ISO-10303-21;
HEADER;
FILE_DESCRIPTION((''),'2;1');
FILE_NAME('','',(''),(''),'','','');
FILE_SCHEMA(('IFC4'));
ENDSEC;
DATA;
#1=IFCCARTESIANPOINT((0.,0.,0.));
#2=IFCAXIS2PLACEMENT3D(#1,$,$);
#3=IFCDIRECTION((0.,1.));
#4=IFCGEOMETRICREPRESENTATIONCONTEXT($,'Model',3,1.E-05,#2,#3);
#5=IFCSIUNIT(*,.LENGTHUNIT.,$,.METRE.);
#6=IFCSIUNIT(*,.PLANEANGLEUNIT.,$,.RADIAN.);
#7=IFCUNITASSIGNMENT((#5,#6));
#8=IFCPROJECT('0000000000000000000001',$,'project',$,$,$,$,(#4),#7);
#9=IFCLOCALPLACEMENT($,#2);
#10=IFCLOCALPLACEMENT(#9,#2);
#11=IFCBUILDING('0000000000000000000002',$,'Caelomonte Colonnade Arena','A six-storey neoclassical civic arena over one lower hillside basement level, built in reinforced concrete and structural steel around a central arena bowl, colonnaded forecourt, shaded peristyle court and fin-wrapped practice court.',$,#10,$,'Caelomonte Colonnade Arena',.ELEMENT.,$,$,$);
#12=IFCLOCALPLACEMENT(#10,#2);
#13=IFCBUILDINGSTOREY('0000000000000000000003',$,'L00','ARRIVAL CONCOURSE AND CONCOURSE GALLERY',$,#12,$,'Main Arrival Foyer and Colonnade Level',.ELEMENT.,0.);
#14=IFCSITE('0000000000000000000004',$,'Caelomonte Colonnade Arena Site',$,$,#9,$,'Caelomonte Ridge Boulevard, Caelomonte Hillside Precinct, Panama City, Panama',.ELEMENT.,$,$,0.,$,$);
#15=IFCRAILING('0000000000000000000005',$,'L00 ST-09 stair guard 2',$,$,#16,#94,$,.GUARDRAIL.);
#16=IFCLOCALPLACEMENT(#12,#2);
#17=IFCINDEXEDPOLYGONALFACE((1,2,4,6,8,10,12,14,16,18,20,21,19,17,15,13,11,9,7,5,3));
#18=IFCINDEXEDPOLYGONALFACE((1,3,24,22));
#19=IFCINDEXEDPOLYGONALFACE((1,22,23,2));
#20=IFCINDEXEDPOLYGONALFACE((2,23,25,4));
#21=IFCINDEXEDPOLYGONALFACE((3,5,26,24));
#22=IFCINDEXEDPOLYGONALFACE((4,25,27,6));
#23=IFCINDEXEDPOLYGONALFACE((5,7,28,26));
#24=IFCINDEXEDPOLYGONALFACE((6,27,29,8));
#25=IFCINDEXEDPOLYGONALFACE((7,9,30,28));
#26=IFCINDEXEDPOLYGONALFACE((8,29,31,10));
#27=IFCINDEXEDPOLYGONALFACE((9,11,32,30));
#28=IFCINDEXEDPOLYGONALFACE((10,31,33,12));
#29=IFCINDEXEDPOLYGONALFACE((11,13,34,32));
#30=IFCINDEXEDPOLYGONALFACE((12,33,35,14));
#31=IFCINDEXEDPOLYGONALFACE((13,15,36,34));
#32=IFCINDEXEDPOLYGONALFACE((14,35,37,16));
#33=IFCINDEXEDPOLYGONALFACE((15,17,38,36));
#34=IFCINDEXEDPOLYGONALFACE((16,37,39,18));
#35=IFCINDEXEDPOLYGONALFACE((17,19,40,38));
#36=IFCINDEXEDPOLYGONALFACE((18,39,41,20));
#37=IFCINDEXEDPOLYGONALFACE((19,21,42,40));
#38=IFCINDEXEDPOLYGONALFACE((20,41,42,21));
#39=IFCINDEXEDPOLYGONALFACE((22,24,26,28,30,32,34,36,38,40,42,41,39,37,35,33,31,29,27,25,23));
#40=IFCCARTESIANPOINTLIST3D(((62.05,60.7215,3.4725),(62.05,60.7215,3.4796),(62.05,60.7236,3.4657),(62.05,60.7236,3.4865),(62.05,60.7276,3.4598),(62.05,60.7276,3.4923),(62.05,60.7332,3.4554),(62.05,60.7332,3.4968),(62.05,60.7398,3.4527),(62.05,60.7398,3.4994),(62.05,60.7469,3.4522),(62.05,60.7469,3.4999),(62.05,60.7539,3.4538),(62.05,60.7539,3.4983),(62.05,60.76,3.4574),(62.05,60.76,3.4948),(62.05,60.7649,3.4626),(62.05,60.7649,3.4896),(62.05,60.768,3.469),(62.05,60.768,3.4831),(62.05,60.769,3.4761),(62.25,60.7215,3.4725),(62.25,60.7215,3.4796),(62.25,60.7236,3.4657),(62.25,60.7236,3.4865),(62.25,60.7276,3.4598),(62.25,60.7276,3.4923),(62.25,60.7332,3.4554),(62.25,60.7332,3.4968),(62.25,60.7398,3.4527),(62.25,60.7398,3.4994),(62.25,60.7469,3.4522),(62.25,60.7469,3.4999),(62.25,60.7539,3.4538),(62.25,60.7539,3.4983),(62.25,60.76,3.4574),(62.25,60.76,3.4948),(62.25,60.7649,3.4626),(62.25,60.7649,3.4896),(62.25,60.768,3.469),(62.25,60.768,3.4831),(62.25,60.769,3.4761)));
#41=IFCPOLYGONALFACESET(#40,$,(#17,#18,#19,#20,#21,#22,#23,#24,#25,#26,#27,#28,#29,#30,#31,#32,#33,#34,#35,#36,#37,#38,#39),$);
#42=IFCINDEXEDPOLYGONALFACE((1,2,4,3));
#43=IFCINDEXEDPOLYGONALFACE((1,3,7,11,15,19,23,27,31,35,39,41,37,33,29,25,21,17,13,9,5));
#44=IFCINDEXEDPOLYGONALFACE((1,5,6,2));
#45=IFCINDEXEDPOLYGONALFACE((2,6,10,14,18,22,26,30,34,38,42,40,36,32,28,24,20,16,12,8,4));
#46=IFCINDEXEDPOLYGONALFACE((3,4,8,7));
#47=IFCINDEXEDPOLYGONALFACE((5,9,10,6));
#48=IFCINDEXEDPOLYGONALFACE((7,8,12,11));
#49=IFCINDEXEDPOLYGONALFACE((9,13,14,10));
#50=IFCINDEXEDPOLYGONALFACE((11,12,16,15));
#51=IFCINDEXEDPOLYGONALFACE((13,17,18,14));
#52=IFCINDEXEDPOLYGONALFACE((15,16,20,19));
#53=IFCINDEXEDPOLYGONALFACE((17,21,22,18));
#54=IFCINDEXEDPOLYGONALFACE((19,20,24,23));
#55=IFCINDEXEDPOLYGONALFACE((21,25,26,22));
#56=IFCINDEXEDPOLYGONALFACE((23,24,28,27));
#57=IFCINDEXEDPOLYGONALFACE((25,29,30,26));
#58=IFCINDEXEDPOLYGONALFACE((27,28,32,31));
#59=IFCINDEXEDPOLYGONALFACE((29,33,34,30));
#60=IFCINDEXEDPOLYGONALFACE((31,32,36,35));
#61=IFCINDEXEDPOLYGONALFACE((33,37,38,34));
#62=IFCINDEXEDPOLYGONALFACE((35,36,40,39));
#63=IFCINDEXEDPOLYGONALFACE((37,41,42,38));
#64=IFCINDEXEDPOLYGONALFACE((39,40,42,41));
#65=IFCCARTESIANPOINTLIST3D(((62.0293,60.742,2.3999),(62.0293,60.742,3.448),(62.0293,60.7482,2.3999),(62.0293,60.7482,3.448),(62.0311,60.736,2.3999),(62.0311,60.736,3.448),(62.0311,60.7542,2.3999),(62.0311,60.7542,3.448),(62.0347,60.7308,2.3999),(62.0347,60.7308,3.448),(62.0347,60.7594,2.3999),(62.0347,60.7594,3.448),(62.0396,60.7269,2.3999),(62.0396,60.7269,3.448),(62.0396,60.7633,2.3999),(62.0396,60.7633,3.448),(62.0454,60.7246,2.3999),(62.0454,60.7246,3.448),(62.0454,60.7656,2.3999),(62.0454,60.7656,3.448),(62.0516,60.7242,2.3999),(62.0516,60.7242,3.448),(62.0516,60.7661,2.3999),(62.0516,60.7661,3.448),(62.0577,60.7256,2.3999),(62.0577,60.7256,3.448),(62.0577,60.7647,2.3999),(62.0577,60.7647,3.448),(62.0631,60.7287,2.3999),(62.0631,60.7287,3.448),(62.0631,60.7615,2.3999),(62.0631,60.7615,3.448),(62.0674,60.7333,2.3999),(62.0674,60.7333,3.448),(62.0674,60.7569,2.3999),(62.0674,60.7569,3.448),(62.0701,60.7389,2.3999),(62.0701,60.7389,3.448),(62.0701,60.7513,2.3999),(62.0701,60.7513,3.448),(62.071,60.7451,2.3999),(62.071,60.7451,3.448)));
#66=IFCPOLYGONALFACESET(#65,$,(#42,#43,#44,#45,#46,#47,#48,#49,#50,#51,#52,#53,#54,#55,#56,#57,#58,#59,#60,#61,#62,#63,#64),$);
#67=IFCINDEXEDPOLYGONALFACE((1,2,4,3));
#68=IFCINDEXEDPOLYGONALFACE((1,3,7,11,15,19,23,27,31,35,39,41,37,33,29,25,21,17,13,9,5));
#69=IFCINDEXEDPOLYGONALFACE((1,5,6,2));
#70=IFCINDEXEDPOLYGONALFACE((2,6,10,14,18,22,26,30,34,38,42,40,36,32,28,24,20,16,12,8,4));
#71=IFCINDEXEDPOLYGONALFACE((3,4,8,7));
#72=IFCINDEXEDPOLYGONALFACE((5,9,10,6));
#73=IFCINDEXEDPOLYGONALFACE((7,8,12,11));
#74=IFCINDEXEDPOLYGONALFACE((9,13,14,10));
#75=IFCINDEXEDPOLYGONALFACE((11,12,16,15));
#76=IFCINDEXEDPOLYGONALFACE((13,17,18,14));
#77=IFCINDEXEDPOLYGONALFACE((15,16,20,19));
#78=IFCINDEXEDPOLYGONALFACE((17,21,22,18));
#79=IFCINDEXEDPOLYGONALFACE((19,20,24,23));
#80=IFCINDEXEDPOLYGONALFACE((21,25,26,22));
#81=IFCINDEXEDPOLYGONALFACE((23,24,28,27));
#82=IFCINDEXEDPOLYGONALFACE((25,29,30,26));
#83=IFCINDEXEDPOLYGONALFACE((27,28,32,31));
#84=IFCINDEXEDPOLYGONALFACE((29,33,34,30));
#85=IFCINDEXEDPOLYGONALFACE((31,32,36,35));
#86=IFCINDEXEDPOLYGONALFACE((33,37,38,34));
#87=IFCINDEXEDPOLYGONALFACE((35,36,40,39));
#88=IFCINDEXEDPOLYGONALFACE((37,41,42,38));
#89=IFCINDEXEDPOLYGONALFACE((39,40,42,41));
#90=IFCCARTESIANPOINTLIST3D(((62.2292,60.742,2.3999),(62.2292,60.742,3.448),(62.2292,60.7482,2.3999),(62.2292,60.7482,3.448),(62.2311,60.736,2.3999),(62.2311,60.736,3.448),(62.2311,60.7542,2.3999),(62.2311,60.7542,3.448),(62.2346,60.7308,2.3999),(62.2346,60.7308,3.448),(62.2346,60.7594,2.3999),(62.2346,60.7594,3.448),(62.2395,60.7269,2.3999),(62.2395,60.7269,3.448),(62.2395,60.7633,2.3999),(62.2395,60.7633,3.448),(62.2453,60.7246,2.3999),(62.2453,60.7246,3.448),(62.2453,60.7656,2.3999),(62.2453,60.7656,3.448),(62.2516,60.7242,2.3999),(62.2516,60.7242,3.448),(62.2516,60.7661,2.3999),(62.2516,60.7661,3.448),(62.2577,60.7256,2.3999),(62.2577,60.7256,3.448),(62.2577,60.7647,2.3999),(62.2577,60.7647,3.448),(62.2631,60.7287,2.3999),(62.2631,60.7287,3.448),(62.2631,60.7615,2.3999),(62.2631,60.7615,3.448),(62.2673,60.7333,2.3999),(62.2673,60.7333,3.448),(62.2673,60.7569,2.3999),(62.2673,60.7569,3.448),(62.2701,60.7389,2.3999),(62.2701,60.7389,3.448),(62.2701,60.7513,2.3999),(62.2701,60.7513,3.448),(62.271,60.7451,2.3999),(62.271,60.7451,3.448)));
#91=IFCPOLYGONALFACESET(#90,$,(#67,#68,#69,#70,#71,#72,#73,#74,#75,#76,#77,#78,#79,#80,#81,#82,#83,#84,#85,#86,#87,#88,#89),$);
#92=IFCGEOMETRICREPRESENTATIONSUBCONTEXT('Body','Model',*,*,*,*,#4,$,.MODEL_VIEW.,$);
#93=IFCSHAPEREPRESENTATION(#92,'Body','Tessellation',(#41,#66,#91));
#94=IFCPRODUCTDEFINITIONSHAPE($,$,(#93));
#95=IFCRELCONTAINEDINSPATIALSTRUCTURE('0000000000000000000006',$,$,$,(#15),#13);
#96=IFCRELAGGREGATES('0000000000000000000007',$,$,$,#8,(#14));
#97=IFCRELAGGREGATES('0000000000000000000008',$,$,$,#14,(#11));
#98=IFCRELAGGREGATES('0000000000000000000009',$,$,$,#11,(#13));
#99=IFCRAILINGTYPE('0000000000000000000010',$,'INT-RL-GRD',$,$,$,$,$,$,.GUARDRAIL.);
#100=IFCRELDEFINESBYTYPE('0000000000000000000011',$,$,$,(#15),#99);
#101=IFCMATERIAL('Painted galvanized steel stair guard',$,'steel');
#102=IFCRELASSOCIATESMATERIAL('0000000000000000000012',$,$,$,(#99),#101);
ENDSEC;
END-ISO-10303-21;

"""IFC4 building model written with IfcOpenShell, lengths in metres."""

from ifc_helpers import new_model, si_unit, direction, frame, origin, origin_2d, place, context, subcontext, project, spatial, circle, extrude, material, type_object, element, save


model = new_model("IFC4")

# Units and contexts
model_context = context("Model", 3, precision=1e-05, world=origin(), true_north=direction((0.0, 1.0)))
body_context = subcontext(model_context, "Body", "Model", "MODEL_VIEW")
ifc_project = project(units=[si_unit("LENGTHUNIT", "METRE"), si_unit("PLANEANGLEUNIT", "RADIAN")], contexts=[model_context])

# Site, building, storey
site_placement = place(None, origin())
site = spatial("IfcSite", under=ifc_project, at=site_placement, Name="Caelomonte Colonnade Arena Site", LongName="Caelomonte Ridge Boulevard, Caelomonte Hillside Precinct, Panama City, Panama", CompositionType="ELEMENT", RefElevation=0.0)
building_placement = place(site_placement, origin())
building = spatial("IfcBuilding", under=site, at=building_placement, Name="Caelomonte Colonnade Arena", Description="A six-storey neoclassical civic arena over one lower hillside basement level, built in reinforced concrete and structural steel around a central arena bowl, colonnaded forecourt, shaded peristyle court and fin-wrapped practice court.", LongName="Caelomonte Colonnade Arena", CompositionType="ELEMENT")
storey_placement = place(building_placement, origin())
storey = spatial("IfcBuildingStorey", under=building, at=storey_placement, Name="L00", Description="ARRIVAL CONCOURSE AND CONCOURSE GALLERY", LongName="Main Arrival Foyer and Colonnade Level", CompositionType="ELEMENT", Elevation=0.0)

# Railing
ifc_material_1 = material(Name="Painted galvanized steel stair guard", Category="steel")
railing_type_1 = type_object("IfcRailingType", Name="INT-RL-GRD", PredefinedType="GUARDRAIL", material=ifc_material_1)
railing_1_placement = place(storey_placement, frame((62.05, 60.7451, 2.3999)))
element("IfcRailing", 1, at=railing_1_placement, inside=storey, type_object=railing_type_1, Name="L00 ST-09 stair guard 2", PredefinedType="GUARDRAIL", context=body_context, shape_type="SweptSolid", body=[
    extrude(circle(Radius=0.0239, at=origin_2d()), frame((0.0, 0.0, 1.0762), z_axis=(1.0, 0.0, 0.0), x_axis=(0.0, 1.0, 0.0)), (0.0, 0.0, 1.0), 0.2),
    extrude(circle(Radius=0.021, at=origin_2d()), origin(), (0.0, 0.0, 1.0), 1.0481),
    extrude(circle(Radius=0.021, at=origin_2d()), frame((0.2, 0.0, 0.0)), (0.0, 0.0, 1.0), 1.0481),
])

save(model, "model.ifc")
